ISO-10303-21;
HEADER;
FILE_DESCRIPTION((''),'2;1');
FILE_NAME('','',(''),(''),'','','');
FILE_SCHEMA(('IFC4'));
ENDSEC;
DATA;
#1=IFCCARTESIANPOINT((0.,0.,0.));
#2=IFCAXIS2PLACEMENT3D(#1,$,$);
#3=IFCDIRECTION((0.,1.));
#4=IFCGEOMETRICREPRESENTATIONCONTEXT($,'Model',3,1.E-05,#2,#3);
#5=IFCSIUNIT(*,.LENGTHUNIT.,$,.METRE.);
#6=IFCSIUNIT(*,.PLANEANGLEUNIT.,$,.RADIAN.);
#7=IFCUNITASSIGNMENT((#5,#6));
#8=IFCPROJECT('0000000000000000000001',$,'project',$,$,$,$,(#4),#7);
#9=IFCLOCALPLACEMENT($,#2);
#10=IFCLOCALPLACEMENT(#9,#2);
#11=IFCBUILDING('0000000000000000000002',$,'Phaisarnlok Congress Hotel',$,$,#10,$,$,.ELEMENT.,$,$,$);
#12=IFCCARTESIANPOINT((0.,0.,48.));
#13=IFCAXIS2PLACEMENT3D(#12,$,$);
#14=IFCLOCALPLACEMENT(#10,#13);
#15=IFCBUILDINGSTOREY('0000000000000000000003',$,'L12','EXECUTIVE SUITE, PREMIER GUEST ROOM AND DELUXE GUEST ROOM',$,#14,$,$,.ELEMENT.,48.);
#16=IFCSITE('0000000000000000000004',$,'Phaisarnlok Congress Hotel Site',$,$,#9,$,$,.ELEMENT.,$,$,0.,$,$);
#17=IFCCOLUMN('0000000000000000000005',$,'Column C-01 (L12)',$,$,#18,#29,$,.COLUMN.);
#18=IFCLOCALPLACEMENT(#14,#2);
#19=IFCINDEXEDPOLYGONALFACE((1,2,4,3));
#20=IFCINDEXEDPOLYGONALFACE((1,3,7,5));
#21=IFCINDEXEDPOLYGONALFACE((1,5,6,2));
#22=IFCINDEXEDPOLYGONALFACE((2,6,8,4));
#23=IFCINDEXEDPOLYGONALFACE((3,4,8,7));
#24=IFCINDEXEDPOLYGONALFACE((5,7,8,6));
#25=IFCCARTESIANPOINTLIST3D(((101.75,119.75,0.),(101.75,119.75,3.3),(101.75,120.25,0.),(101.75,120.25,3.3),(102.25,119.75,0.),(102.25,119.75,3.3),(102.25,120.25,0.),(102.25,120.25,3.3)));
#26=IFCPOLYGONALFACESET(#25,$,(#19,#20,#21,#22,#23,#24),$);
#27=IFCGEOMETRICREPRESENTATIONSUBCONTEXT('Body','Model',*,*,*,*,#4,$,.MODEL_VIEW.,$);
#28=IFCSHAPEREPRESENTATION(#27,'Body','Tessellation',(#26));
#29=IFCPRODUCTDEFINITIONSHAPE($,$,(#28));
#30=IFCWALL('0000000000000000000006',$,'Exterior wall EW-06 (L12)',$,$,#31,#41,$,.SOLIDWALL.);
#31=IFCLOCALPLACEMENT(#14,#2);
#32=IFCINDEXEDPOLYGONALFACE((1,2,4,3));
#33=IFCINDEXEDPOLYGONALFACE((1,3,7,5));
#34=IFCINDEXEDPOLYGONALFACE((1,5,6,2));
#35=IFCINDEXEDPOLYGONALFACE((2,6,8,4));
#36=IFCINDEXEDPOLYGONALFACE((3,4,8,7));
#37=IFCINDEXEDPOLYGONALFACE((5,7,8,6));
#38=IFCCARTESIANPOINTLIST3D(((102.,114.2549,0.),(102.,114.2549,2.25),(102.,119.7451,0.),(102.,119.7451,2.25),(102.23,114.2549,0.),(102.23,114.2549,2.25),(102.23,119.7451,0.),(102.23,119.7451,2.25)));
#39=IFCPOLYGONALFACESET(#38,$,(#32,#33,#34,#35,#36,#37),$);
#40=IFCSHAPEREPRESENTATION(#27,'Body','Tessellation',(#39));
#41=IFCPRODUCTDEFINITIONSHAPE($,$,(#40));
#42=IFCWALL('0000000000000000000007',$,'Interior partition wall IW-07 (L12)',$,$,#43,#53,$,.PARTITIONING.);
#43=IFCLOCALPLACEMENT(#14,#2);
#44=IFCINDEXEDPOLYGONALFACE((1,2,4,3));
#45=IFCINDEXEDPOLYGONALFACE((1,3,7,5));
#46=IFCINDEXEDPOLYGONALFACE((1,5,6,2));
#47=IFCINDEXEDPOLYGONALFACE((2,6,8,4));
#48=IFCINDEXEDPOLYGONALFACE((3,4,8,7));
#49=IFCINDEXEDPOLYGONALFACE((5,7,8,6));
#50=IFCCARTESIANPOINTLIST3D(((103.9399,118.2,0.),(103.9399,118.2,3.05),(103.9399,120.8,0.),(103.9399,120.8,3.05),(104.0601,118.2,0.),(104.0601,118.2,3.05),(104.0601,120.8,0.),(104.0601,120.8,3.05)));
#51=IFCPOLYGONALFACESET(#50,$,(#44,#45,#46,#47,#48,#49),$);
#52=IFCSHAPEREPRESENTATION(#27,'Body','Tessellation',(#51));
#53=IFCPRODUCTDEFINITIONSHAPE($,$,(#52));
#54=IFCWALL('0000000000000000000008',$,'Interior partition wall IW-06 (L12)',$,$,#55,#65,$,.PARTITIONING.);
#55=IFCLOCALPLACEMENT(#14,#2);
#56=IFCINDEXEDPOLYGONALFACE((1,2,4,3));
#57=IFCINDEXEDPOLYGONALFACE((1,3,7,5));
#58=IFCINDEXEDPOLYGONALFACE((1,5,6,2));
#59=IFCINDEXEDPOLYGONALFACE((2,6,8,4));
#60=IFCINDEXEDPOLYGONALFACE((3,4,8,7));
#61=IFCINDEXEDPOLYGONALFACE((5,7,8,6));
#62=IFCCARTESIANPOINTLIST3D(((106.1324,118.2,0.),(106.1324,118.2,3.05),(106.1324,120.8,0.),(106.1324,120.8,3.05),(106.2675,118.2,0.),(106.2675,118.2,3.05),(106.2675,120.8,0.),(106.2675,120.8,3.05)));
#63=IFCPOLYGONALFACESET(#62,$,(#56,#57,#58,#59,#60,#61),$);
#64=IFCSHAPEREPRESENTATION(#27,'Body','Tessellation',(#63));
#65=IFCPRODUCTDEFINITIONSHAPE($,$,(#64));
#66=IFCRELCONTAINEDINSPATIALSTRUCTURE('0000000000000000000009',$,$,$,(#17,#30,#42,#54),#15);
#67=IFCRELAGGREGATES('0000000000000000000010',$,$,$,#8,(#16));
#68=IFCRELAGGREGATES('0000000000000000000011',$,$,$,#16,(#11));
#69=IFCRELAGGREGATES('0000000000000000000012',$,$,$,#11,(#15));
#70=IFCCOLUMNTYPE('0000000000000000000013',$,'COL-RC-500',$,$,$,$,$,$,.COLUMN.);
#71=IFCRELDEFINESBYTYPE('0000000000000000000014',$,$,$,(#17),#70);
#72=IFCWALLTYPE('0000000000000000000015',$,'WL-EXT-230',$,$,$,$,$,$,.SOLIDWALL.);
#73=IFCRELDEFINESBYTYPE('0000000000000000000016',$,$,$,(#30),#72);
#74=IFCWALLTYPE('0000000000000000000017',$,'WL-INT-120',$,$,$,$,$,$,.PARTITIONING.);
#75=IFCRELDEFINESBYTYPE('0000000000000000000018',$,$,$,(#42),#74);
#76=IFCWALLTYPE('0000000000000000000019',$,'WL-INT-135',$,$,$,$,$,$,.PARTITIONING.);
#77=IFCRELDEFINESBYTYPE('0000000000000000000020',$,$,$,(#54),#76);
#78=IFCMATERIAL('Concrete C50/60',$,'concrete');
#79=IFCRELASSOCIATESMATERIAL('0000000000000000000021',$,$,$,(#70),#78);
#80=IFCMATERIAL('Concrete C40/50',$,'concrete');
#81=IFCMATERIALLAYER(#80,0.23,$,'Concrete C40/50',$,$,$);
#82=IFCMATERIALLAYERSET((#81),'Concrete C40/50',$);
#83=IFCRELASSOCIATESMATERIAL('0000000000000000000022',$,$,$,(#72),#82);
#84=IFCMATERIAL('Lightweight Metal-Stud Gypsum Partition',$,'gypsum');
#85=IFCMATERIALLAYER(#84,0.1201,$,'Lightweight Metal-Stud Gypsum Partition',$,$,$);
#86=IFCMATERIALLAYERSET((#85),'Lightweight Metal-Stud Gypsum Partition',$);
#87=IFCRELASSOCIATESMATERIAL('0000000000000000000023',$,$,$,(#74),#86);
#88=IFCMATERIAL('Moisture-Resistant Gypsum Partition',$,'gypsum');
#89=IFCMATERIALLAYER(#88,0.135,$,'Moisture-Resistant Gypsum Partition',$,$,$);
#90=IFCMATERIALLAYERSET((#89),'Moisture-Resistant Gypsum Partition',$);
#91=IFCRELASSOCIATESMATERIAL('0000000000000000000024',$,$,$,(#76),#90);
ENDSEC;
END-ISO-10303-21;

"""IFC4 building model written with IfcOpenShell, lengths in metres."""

from ifc_helpers import new_model, si_unit, direction, frame, frame_2d, origin, origin_2d, place, context, subcontext, project, spatial, rectangle, extrude, material, layer, layer_set, material_profile, profile_set, type_object, element, save


model = new_model("IFC4")

# Units and contexts
model_context = context("Model", 3, precision=1e-05, world=origin(), true_north=direction((0.0, 1.0)))
body_context = subcontext(model_context, "Body", "Model", "MODEL_VIEW")
ifc_project = project(units=[si_unit("LENGTHUNIT", "METRE"), si_unit("PLANEANGLEUNIT", "RADIAN")], contexts=[model_context])

# Site, building, storey
site_placement = place(None, origin())
site = spatial("IfcSite", under=ifc_project, at=site_placement, Name="Phaisarnlok Congress Hotel Site", CompositionType="ELEMENT", RefElevation=0.0)
building_placement = place(site_placement, origin())
building = spatial("IfcBuilding", under=site, at=building_placement, Name="Phaisarnlok Congress Hotel", CompositionType="ELEMENT")
storey_placement = place(building_placement, frame((0.0, 0.0, 48.0)))
storey = spatial("IfcBuildingStorey", under=building, at=storey_placement, Name="L12", Description="EXECUTIVE SUITE, PREMIER GUEST ROOM AND DELUXE GUEST ROOM", CompositionType="ELEMENT", Elevation=48.0)

# Column
ifc_material_1 = material(Name="Concrete C50/60", Category="concrete")
ifc_material_profile = material_profile(ifc_material_1, rectangle(XDim=0.5, YDim=0.5, at=origin_2d()), Name="RC 500x500")
ifc_profile_set = profile_set([ifc_material_profile], Name="Concrete C50/60")
column_type = type_object("IfcColumnType", Name="COL-RC-500", PredefinedType="COLUMN", material=ifc_profile_set)
column_placement = place(storey_placement, frame((102.0, 120.0, 0.0), z_axis=(0.0, 0.0, 1.0), x_axis=(1.0, 0.0, 0.0)))
element("IfcColumn", 1, at=column_placement, inside=storey, type_object=column_type, Name="Column C-01 (L12)", PredefinedType="COLUMN", context=body_context, shape_type="SweptSolid", body=[
    extrude(rectangle(XDim=0.5, YDim=0.5, at=origin_2d()), origin(), (0.0, 0.0, 1.0), 3.3),
])

# Walls
ifc_material_2 = material(Name="Concrete C40/50", Category="concrete")
ifc_layer_1 = layer(ifc_material_2, 0.23, Name="Concrete C40/50")
ifc_layer_set_1 = layer_set([ifc_layer_1], Name="Concrete C40/50")
wall_type_1 = type_object("IfcWallType", Name="WL-EXT-230", PredefinedType="SOLIDWALL", material=ifc_layer_set_1)
wall_1_placement = place(storey_placement, frame((102.115, 119.7451, 0.0), z_axis=(0.0, 0.0, 1.0), x_axis=(0.0, -1.0, 0.0)))
element("IfcWall", 2, at=wall_1_placement, inside=storey, type_object=wall_type_1, Name="Exterior wall EW-06 (L12)", PredefinedType="SOLIDWALL", context=body_context, shape_type="SweptSolid", body=[
    extrude(rectangle(XDim=5.4902, YDim=0.23, at=frame_2d((2.7451, 0.0))), origin(), (0.0, 0.0, 1.0), 2.25),
])
ifc_material_3 = material(Name="Lightweight Metal-Stud Gypsum Partition", Category="gypsum")
ifc_layer_2 = layer(ifc_material_3, 0.1201, Name="Lightweight Metal-Stud Gypsum Partition")
ifc_layer_set_2 = layer_set([ifc_layer_2], Name="Lightweight Metal-Stud Gypsum Partition")
wall_type_2 = type_object("IfcWallType", Name="WL-INT-120", PredefinedType="PARTITIONING", material=ifc_layer_set_2)
wall_2_placement = place(storey_placement, frame((104.0, 118.2, 0.0), z_axis=(0.0, 0.0, 1.0), x_axis=(0.0, 1.0, 0.0)))
element("IfcWall", 3, at=wall_2_placement, inside=storey, type_object=wall_type_2, Name="Interior partition wall IW-07 (L12)", PredefinedType="PARTITIONING", context=body_context, shape_type="SweptSolid", body=[
    extrude(rectangle(XDim=2.6001, YDim=0.1201, at=frame_2d((1.3, 0.0))), origin(), (0.0, 0.0, 1.0), 3.05),
])
ifc_material_4 = material(Name="Moisture-Resistant Gypsum Partition", Category="gypsum")
ifc_layer_3 = layer(ifc_material_4, 0.135, Name="Moisture-Resistant Gypsum Partition")
ifc_layer_set_3 = layer_set([ifc_layer_3], Name="Moisture-Resistant Gypsum Partition")
wall_type_3 = type_object("IfcWallType", Name="WL-INT-135", PredefinedType="PARTITIONING", material=ifc_layer_set_3)
wall_3_placement = place(storey_placement, frame((106.2, 118.2, 0.0), z_axis=(0.0, 0.0, 1.0), x_axis=(0.0, 1.0, 0.0)))
element("IfcWall", 4, at=wall_3_placement, inside=storey, type_object=wall_type_3, Name="Interior partition wall IW-06 (L12)", PredefinedType="PARTITIONING", context=body_context, shape_type="SweptSolid", body=[
    extrude(rectangle(XDim=2.6001, YDim=0.135, at=frame_2d((1.3, 0.0))), origin(), (0.0, 0.0, 1.0), 3.05),
])

save(model, "model.ifc")
